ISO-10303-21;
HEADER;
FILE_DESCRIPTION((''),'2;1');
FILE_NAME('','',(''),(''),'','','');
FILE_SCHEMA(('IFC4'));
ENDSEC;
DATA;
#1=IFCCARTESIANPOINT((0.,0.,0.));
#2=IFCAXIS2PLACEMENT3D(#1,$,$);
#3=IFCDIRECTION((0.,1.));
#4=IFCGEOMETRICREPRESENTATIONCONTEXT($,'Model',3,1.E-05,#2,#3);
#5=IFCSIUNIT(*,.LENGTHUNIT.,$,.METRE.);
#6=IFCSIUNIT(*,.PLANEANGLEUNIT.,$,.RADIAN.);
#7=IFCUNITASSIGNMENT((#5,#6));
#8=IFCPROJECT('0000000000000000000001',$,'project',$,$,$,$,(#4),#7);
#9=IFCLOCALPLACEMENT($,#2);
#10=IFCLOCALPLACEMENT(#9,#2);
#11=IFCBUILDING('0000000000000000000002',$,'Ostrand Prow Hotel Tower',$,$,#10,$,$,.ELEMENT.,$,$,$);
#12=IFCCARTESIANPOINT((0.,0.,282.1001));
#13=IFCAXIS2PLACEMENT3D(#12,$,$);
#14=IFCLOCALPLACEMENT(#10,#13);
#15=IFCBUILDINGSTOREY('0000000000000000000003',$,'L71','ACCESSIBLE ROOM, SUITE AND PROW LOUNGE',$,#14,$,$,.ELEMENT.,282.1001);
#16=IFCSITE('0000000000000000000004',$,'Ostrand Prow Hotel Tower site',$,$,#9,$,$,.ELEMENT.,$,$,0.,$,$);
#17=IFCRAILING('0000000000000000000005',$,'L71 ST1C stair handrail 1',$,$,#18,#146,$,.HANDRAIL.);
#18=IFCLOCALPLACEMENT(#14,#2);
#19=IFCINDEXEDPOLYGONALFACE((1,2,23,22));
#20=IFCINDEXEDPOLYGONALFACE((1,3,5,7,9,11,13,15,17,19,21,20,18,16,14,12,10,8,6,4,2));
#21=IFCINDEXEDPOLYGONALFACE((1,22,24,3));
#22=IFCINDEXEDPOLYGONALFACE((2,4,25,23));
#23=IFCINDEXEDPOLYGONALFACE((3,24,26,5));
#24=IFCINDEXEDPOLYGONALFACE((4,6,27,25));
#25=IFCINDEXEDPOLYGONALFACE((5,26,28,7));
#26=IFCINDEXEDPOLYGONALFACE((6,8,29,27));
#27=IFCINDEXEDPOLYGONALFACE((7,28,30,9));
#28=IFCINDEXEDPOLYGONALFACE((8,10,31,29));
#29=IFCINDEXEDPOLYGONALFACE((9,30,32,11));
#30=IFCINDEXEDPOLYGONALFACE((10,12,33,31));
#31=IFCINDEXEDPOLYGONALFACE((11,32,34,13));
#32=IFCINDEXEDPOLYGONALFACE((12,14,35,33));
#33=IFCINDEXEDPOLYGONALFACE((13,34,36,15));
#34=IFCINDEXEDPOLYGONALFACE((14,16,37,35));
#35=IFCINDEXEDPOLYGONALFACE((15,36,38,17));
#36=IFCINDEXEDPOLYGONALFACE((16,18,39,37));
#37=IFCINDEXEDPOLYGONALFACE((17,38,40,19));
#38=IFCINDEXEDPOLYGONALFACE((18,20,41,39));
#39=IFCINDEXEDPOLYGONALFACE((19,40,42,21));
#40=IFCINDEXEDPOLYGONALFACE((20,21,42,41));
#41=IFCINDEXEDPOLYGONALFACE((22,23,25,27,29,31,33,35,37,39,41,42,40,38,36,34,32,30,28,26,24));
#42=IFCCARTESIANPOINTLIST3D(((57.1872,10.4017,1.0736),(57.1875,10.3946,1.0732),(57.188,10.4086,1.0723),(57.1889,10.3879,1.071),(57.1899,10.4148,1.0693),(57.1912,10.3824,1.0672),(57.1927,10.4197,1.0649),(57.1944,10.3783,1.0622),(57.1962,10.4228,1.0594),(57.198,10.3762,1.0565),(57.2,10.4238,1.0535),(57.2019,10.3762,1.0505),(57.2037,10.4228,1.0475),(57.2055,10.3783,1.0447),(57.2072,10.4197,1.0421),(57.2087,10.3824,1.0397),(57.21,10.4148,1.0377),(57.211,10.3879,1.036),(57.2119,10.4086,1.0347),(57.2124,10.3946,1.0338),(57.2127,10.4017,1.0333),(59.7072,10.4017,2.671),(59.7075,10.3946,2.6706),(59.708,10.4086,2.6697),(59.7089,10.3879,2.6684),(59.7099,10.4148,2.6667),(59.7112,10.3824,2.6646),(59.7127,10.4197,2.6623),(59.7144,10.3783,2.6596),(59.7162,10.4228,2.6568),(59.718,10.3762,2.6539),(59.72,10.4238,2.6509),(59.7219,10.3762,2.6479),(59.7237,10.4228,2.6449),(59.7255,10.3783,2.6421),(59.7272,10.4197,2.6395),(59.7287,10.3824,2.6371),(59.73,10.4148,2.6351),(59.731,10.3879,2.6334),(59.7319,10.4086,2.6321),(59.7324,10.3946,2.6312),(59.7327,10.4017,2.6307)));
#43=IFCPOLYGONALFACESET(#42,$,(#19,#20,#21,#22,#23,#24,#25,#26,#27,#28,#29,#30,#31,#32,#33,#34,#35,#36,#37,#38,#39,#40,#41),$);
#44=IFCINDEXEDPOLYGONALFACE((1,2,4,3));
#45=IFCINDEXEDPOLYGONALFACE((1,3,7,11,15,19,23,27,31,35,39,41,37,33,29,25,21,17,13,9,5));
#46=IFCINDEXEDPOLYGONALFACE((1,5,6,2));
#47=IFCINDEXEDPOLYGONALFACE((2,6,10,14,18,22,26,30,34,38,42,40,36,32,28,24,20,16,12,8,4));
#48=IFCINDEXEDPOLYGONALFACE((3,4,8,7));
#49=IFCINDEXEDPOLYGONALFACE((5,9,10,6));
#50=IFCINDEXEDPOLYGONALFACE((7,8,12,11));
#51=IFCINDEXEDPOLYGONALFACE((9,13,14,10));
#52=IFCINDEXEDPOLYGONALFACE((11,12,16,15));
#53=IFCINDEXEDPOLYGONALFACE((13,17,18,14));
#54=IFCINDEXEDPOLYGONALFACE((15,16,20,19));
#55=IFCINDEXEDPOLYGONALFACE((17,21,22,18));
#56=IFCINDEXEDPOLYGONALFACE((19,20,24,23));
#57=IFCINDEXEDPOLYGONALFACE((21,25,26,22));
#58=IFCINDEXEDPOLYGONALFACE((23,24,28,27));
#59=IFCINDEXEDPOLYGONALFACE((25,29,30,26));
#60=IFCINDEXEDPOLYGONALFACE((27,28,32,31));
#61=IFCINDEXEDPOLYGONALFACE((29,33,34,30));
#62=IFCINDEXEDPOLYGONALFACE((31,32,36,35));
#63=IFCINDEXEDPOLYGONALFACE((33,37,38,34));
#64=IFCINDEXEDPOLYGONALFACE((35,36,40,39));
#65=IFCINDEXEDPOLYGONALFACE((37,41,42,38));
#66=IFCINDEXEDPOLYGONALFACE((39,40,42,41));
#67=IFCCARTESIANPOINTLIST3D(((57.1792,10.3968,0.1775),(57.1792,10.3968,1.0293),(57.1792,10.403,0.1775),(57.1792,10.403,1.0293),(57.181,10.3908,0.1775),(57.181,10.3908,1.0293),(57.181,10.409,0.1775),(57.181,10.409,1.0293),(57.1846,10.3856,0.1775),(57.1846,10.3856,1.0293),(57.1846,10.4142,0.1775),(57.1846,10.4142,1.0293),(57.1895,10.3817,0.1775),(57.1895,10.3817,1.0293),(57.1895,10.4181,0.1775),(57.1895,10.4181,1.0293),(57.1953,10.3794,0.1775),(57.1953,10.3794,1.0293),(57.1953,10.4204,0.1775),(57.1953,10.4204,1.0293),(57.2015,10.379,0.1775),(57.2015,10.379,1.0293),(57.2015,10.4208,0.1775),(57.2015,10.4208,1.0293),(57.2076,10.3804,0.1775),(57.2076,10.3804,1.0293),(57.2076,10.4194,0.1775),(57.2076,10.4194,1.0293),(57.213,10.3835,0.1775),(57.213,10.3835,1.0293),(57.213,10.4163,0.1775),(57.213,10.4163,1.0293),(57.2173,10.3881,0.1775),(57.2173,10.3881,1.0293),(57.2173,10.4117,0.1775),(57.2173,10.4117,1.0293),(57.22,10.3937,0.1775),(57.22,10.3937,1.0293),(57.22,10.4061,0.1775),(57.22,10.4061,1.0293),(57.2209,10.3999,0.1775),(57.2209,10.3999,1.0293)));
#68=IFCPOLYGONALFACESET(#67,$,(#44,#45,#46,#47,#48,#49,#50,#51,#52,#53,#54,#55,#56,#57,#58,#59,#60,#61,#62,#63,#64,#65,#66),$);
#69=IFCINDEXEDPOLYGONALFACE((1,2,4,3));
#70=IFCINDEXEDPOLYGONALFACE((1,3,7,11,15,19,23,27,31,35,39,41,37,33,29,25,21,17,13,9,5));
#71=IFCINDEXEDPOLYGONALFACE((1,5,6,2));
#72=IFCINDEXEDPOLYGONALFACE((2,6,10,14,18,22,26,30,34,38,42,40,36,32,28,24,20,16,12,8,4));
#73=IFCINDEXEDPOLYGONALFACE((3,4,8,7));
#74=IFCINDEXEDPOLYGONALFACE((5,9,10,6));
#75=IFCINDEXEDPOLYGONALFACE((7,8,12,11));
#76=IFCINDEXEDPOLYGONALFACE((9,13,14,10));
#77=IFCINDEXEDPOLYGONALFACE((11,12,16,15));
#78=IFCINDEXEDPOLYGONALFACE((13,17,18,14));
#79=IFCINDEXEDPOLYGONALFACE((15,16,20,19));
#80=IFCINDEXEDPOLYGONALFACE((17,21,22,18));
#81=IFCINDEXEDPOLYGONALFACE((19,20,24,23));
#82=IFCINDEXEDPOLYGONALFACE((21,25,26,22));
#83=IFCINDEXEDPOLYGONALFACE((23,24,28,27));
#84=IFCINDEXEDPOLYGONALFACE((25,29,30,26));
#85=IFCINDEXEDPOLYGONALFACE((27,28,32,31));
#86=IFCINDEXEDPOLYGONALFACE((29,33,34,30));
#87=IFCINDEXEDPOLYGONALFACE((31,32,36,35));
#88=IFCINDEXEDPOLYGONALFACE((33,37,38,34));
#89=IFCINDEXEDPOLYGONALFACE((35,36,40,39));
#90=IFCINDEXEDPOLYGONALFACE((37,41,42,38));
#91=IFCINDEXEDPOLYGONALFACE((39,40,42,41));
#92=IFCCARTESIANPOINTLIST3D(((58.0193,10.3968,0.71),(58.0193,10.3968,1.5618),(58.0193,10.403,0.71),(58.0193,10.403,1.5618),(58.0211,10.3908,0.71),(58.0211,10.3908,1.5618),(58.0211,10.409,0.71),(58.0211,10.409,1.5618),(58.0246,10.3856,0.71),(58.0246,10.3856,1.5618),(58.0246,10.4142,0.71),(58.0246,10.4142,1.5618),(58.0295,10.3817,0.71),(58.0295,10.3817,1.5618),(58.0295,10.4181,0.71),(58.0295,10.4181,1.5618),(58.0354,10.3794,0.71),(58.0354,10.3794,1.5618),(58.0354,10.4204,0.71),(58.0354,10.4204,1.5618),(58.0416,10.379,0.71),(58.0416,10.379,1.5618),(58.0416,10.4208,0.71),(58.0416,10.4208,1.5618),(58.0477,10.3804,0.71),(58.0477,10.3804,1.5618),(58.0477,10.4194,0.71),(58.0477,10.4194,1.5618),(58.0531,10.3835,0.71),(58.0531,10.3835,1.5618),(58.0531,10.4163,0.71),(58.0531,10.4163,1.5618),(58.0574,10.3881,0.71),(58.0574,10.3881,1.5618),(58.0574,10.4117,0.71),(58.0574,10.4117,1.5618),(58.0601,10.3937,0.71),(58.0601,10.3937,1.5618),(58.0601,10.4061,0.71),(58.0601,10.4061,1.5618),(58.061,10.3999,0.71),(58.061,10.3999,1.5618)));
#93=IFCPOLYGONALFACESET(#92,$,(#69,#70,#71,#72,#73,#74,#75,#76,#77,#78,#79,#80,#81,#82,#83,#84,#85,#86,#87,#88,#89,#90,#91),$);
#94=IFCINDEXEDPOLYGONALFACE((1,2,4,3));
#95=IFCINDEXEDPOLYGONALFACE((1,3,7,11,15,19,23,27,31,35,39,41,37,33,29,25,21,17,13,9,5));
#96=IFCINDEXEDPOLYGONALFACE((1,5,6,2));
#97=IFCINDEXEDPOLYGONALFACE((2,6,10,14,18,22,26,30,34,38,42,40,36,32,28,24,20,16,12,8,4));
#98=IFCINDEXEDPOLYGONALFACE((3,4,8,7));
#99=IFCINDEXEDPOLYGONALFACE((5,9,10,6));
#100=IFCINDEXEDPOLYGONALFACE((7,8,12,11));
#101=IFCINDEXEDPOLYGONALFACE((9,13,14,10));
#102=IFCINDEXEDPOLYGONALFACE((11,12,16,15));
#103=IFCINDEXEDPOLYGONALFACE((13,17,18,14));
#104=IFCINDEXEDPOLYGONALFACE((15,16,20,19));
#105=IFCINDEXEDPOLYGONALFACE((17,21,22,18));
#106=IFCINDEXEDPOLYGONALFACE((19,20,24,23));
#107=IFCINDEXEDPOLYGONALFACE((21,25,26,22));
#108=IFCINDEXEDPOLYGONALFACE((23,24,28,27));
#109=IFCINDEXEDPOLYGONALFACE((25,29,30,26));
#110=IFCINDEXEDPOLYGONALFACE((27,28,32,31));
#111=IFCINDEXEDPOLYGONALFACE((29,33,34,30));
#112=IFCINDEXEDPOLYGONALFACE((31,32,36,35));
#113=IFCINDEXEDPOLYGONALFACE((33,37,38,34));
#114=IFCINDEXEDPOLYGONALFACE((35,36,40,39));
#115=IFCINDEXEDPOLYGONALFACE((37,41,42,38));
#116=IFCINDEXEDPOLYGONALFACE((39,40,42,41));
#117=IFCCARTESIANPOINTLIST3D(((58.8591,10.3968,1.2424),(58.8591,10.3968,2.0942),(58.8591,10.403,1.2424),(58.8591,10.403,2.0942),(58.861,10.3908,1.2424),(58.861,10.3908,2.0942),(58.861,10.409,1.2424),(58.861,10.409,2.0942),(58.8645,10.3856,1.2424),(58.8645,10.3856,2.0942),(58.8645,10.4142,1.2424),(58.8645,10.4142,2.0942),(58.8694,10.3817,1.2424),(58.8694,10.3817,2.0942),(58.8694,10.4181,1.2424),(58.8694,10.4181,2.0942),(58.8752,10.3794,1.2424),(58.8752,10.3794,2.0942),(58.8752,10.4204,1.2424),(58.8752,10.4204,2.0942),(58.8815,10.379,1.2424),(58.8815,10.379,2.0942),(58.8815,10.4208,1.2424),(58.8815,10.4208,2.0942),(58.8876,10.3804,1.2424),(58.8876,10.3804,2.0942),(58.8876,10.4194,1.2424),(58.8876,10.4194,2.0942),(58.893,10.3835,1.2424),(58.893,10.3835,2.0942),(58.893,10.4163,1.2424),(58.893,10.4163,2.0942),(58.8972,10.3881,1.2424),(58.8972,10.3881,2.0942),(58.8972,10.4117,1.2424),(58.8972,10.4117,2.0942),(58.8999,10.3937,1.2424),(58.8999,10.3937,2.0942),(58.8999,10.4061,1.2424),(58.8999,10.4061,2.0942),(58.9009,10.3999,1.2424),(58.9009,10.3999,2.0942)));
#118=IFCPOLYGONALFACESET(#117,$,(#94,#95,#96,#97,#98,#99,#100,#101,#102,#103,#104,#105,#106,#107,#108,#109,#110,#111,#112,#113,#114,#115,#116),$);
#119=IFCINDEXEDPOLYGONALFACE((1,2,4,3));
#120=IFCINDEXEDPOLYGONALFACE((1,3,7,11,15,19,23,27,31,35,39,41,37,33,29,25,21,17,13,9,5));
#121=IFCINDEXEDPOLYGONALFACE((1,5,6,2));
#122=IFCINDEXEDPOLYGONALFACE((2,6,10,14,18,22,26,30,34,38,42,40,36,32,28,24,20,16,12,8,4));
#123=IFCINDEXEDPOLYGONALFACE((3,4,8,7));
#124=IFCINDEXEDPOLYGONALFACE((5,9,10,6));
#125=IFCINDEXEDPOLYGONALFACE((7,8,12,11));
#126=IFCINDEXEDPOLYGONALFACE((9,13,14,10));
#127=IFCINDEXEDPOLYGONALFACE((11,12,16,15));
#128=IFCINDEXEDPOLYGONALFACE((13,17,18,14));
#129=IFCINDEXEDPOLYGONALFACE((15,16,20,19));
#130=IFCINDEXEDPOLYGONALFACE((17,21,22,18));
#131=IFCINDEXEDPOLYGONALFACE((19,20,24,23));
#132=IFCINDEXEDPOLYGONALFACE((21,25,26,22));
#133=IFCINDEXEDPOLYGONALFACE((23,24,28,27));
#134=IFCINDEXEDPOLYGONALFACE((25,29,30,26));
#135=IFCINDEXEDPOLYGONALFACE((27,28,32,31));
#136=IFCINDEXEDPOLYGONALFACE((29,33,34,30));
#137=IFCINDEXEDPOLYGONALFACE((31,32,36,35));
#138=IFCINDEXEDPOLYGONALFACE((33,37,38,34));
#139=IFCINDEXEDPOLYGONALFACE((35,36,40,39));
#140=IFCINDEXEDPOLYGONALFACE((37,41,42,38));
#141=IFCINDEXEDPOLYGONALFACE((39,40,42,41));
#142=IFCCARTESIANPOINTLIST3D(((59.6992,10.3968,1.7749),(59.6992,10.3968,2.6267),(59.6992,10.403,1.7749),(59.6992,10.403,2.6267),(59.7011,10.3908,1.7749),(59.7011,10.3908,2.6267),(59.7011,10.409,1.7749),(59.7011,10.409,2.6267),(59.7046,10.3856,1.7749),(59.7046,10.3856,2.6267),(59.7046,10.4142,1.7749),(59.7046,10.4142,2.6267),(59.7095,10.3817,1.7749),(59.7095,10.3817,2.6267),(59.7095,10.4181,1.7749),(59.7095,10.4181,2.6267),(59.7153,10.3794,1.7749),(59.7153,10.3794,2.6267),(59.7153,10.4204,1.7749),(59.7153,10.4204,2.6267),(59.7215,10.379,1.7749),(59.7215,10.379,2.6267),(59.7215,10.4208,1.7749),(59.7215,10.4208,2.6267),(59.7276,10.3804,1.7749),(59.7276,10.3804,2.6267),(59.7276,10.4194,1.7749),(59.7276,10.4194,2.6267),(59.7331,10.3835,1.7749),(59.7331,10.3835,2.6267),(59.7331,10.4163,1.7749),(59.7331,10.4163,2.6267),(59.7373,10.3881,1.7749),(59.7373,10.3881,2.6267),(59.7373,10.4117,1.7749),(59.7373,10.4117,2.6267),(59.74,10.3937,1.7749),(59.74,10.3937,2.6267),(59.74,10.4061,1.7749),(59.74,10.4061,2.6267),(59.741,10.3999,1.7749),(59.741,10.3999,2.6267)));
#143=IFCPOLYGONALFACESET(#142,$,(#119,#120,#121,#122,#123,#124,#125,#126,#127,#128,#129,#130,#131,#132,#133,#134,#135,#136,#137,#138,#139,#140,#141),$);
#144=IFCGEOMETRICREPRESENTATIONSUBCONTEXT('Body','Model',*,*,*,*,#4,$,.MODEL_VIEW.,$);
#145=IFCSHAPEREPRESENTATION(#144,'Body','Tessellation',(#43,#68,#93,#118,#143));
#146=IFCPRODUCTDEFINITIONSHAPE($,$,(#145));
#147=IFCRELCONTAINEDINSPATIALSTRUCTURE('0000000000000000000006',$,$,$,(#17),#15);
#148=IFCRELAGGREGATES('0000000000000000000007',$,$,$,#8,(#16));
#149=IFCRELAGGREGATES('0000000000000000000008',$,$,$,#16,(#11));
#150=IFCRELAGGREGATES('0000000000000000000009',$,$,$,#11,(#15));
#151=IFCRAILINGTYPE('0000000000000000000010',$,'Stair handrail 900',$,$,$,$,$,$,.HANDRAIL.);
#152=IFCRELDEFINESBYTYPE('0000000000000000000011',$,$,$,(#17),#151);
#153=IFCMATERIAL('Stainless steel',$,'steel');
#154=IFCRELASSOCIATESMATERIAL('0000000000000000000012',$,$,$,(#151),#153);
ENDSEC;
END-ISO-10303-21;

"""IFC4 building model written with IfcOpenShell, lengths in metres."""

from ifc_helpers import new_model, si_unit, direction, frame, origin, origin_2d, place, context, subcontext, project, spatial, circle, extrude, material, type_object, element, save


model = new_model("IFC4")

# Units and contexts
model_context = context("Model", 3, precision=1e-05, world=origin(), true_north=direction((0.0, 1.0)))
body_context = subcontext(model_context, "Body", "Model", "MODEL_VIEW")
ifc_project = project(units=[si_unit("LENGTHUNIT", "METRE"), si_unit("PLANEANGLEUNIT", "RADIAN")], contexts=[model_context])

# Site, building, storey
site_placement = place(None, origin())
site = spatial("IfcSite", under=ifc_project, at=site_placement, Name="Ostrand Prow Hotel Tower site", CompositionType="ELEMENT", RefElevation=0.0)
building_placement = place(site_placement, origin())
building = spatial("IfcBuilding", under=site, at=building_placement, Name="Ostrand Prow Hotel Tower", CompositionType="ELEMENT")
storey_placement = place(building_placement, frame((0.0, 0.0, 282.1001)))
storey = spatial("IfcBuildingStorey", under=building, at=storey_placement, Name="L71", Description="ACCESSIBLE ROOM, SUITE AND PROW LOUNGE", CompositionType="ELEMENT", Elevation=282.1001)

# Railing
ifc_material_1 = material(Name="Stainless steel", Category="steel")
railing_type_1 = type_object("IfcRailingType", Name="Stair handrail 900", PredefinedType="HANDRAIL", material=ifc_material_1)
railing_1_placement = place(storey_placement, frame((57.2, 10.3999, 0.1775)))
element("IfcRailing", 1, at=railing_1_placement, inside=storey, type_object=railing_type_1, Name="L71 ST1C stair handrail 1", PredefinedType="HANDRAIL", context=body_context, shape_type="SweptSolid", body=[
    extrude(circle(Radius=0.0239, at=origin_2d()), frame((0.0, 0.0, 0.876), z_axis=(0.844607, 0.0, 0.535387), x_axis=(0.0, 1.0, 0.0)), (0.0, 0.0, 1.0), 2.9836),
    extrude(circle(Radius=0.021, at=origin_2d()), origin(), (0.0, 0.0, 1.0), 0.8518),
    extrude(circle(Radius=0.021, at=origin_2d()), frame((0.8401, 0.0, 0.5325)), (0.0, 0.0, 1.0), 0.8518),
    extrude(circle(Radius=0.021, at=origin_2d()), frame((1.6799, 0.0, 1.0649)), (0.0, 0.0, 1.0), 0.8518),
    extrude(circle(Radius=0.021, at=origin_2d()), frame((2.52, 0.0, 1.5974)), (0.0, 0.0, 1.0), 0.8518),
])

save(model, "model.ifc")
